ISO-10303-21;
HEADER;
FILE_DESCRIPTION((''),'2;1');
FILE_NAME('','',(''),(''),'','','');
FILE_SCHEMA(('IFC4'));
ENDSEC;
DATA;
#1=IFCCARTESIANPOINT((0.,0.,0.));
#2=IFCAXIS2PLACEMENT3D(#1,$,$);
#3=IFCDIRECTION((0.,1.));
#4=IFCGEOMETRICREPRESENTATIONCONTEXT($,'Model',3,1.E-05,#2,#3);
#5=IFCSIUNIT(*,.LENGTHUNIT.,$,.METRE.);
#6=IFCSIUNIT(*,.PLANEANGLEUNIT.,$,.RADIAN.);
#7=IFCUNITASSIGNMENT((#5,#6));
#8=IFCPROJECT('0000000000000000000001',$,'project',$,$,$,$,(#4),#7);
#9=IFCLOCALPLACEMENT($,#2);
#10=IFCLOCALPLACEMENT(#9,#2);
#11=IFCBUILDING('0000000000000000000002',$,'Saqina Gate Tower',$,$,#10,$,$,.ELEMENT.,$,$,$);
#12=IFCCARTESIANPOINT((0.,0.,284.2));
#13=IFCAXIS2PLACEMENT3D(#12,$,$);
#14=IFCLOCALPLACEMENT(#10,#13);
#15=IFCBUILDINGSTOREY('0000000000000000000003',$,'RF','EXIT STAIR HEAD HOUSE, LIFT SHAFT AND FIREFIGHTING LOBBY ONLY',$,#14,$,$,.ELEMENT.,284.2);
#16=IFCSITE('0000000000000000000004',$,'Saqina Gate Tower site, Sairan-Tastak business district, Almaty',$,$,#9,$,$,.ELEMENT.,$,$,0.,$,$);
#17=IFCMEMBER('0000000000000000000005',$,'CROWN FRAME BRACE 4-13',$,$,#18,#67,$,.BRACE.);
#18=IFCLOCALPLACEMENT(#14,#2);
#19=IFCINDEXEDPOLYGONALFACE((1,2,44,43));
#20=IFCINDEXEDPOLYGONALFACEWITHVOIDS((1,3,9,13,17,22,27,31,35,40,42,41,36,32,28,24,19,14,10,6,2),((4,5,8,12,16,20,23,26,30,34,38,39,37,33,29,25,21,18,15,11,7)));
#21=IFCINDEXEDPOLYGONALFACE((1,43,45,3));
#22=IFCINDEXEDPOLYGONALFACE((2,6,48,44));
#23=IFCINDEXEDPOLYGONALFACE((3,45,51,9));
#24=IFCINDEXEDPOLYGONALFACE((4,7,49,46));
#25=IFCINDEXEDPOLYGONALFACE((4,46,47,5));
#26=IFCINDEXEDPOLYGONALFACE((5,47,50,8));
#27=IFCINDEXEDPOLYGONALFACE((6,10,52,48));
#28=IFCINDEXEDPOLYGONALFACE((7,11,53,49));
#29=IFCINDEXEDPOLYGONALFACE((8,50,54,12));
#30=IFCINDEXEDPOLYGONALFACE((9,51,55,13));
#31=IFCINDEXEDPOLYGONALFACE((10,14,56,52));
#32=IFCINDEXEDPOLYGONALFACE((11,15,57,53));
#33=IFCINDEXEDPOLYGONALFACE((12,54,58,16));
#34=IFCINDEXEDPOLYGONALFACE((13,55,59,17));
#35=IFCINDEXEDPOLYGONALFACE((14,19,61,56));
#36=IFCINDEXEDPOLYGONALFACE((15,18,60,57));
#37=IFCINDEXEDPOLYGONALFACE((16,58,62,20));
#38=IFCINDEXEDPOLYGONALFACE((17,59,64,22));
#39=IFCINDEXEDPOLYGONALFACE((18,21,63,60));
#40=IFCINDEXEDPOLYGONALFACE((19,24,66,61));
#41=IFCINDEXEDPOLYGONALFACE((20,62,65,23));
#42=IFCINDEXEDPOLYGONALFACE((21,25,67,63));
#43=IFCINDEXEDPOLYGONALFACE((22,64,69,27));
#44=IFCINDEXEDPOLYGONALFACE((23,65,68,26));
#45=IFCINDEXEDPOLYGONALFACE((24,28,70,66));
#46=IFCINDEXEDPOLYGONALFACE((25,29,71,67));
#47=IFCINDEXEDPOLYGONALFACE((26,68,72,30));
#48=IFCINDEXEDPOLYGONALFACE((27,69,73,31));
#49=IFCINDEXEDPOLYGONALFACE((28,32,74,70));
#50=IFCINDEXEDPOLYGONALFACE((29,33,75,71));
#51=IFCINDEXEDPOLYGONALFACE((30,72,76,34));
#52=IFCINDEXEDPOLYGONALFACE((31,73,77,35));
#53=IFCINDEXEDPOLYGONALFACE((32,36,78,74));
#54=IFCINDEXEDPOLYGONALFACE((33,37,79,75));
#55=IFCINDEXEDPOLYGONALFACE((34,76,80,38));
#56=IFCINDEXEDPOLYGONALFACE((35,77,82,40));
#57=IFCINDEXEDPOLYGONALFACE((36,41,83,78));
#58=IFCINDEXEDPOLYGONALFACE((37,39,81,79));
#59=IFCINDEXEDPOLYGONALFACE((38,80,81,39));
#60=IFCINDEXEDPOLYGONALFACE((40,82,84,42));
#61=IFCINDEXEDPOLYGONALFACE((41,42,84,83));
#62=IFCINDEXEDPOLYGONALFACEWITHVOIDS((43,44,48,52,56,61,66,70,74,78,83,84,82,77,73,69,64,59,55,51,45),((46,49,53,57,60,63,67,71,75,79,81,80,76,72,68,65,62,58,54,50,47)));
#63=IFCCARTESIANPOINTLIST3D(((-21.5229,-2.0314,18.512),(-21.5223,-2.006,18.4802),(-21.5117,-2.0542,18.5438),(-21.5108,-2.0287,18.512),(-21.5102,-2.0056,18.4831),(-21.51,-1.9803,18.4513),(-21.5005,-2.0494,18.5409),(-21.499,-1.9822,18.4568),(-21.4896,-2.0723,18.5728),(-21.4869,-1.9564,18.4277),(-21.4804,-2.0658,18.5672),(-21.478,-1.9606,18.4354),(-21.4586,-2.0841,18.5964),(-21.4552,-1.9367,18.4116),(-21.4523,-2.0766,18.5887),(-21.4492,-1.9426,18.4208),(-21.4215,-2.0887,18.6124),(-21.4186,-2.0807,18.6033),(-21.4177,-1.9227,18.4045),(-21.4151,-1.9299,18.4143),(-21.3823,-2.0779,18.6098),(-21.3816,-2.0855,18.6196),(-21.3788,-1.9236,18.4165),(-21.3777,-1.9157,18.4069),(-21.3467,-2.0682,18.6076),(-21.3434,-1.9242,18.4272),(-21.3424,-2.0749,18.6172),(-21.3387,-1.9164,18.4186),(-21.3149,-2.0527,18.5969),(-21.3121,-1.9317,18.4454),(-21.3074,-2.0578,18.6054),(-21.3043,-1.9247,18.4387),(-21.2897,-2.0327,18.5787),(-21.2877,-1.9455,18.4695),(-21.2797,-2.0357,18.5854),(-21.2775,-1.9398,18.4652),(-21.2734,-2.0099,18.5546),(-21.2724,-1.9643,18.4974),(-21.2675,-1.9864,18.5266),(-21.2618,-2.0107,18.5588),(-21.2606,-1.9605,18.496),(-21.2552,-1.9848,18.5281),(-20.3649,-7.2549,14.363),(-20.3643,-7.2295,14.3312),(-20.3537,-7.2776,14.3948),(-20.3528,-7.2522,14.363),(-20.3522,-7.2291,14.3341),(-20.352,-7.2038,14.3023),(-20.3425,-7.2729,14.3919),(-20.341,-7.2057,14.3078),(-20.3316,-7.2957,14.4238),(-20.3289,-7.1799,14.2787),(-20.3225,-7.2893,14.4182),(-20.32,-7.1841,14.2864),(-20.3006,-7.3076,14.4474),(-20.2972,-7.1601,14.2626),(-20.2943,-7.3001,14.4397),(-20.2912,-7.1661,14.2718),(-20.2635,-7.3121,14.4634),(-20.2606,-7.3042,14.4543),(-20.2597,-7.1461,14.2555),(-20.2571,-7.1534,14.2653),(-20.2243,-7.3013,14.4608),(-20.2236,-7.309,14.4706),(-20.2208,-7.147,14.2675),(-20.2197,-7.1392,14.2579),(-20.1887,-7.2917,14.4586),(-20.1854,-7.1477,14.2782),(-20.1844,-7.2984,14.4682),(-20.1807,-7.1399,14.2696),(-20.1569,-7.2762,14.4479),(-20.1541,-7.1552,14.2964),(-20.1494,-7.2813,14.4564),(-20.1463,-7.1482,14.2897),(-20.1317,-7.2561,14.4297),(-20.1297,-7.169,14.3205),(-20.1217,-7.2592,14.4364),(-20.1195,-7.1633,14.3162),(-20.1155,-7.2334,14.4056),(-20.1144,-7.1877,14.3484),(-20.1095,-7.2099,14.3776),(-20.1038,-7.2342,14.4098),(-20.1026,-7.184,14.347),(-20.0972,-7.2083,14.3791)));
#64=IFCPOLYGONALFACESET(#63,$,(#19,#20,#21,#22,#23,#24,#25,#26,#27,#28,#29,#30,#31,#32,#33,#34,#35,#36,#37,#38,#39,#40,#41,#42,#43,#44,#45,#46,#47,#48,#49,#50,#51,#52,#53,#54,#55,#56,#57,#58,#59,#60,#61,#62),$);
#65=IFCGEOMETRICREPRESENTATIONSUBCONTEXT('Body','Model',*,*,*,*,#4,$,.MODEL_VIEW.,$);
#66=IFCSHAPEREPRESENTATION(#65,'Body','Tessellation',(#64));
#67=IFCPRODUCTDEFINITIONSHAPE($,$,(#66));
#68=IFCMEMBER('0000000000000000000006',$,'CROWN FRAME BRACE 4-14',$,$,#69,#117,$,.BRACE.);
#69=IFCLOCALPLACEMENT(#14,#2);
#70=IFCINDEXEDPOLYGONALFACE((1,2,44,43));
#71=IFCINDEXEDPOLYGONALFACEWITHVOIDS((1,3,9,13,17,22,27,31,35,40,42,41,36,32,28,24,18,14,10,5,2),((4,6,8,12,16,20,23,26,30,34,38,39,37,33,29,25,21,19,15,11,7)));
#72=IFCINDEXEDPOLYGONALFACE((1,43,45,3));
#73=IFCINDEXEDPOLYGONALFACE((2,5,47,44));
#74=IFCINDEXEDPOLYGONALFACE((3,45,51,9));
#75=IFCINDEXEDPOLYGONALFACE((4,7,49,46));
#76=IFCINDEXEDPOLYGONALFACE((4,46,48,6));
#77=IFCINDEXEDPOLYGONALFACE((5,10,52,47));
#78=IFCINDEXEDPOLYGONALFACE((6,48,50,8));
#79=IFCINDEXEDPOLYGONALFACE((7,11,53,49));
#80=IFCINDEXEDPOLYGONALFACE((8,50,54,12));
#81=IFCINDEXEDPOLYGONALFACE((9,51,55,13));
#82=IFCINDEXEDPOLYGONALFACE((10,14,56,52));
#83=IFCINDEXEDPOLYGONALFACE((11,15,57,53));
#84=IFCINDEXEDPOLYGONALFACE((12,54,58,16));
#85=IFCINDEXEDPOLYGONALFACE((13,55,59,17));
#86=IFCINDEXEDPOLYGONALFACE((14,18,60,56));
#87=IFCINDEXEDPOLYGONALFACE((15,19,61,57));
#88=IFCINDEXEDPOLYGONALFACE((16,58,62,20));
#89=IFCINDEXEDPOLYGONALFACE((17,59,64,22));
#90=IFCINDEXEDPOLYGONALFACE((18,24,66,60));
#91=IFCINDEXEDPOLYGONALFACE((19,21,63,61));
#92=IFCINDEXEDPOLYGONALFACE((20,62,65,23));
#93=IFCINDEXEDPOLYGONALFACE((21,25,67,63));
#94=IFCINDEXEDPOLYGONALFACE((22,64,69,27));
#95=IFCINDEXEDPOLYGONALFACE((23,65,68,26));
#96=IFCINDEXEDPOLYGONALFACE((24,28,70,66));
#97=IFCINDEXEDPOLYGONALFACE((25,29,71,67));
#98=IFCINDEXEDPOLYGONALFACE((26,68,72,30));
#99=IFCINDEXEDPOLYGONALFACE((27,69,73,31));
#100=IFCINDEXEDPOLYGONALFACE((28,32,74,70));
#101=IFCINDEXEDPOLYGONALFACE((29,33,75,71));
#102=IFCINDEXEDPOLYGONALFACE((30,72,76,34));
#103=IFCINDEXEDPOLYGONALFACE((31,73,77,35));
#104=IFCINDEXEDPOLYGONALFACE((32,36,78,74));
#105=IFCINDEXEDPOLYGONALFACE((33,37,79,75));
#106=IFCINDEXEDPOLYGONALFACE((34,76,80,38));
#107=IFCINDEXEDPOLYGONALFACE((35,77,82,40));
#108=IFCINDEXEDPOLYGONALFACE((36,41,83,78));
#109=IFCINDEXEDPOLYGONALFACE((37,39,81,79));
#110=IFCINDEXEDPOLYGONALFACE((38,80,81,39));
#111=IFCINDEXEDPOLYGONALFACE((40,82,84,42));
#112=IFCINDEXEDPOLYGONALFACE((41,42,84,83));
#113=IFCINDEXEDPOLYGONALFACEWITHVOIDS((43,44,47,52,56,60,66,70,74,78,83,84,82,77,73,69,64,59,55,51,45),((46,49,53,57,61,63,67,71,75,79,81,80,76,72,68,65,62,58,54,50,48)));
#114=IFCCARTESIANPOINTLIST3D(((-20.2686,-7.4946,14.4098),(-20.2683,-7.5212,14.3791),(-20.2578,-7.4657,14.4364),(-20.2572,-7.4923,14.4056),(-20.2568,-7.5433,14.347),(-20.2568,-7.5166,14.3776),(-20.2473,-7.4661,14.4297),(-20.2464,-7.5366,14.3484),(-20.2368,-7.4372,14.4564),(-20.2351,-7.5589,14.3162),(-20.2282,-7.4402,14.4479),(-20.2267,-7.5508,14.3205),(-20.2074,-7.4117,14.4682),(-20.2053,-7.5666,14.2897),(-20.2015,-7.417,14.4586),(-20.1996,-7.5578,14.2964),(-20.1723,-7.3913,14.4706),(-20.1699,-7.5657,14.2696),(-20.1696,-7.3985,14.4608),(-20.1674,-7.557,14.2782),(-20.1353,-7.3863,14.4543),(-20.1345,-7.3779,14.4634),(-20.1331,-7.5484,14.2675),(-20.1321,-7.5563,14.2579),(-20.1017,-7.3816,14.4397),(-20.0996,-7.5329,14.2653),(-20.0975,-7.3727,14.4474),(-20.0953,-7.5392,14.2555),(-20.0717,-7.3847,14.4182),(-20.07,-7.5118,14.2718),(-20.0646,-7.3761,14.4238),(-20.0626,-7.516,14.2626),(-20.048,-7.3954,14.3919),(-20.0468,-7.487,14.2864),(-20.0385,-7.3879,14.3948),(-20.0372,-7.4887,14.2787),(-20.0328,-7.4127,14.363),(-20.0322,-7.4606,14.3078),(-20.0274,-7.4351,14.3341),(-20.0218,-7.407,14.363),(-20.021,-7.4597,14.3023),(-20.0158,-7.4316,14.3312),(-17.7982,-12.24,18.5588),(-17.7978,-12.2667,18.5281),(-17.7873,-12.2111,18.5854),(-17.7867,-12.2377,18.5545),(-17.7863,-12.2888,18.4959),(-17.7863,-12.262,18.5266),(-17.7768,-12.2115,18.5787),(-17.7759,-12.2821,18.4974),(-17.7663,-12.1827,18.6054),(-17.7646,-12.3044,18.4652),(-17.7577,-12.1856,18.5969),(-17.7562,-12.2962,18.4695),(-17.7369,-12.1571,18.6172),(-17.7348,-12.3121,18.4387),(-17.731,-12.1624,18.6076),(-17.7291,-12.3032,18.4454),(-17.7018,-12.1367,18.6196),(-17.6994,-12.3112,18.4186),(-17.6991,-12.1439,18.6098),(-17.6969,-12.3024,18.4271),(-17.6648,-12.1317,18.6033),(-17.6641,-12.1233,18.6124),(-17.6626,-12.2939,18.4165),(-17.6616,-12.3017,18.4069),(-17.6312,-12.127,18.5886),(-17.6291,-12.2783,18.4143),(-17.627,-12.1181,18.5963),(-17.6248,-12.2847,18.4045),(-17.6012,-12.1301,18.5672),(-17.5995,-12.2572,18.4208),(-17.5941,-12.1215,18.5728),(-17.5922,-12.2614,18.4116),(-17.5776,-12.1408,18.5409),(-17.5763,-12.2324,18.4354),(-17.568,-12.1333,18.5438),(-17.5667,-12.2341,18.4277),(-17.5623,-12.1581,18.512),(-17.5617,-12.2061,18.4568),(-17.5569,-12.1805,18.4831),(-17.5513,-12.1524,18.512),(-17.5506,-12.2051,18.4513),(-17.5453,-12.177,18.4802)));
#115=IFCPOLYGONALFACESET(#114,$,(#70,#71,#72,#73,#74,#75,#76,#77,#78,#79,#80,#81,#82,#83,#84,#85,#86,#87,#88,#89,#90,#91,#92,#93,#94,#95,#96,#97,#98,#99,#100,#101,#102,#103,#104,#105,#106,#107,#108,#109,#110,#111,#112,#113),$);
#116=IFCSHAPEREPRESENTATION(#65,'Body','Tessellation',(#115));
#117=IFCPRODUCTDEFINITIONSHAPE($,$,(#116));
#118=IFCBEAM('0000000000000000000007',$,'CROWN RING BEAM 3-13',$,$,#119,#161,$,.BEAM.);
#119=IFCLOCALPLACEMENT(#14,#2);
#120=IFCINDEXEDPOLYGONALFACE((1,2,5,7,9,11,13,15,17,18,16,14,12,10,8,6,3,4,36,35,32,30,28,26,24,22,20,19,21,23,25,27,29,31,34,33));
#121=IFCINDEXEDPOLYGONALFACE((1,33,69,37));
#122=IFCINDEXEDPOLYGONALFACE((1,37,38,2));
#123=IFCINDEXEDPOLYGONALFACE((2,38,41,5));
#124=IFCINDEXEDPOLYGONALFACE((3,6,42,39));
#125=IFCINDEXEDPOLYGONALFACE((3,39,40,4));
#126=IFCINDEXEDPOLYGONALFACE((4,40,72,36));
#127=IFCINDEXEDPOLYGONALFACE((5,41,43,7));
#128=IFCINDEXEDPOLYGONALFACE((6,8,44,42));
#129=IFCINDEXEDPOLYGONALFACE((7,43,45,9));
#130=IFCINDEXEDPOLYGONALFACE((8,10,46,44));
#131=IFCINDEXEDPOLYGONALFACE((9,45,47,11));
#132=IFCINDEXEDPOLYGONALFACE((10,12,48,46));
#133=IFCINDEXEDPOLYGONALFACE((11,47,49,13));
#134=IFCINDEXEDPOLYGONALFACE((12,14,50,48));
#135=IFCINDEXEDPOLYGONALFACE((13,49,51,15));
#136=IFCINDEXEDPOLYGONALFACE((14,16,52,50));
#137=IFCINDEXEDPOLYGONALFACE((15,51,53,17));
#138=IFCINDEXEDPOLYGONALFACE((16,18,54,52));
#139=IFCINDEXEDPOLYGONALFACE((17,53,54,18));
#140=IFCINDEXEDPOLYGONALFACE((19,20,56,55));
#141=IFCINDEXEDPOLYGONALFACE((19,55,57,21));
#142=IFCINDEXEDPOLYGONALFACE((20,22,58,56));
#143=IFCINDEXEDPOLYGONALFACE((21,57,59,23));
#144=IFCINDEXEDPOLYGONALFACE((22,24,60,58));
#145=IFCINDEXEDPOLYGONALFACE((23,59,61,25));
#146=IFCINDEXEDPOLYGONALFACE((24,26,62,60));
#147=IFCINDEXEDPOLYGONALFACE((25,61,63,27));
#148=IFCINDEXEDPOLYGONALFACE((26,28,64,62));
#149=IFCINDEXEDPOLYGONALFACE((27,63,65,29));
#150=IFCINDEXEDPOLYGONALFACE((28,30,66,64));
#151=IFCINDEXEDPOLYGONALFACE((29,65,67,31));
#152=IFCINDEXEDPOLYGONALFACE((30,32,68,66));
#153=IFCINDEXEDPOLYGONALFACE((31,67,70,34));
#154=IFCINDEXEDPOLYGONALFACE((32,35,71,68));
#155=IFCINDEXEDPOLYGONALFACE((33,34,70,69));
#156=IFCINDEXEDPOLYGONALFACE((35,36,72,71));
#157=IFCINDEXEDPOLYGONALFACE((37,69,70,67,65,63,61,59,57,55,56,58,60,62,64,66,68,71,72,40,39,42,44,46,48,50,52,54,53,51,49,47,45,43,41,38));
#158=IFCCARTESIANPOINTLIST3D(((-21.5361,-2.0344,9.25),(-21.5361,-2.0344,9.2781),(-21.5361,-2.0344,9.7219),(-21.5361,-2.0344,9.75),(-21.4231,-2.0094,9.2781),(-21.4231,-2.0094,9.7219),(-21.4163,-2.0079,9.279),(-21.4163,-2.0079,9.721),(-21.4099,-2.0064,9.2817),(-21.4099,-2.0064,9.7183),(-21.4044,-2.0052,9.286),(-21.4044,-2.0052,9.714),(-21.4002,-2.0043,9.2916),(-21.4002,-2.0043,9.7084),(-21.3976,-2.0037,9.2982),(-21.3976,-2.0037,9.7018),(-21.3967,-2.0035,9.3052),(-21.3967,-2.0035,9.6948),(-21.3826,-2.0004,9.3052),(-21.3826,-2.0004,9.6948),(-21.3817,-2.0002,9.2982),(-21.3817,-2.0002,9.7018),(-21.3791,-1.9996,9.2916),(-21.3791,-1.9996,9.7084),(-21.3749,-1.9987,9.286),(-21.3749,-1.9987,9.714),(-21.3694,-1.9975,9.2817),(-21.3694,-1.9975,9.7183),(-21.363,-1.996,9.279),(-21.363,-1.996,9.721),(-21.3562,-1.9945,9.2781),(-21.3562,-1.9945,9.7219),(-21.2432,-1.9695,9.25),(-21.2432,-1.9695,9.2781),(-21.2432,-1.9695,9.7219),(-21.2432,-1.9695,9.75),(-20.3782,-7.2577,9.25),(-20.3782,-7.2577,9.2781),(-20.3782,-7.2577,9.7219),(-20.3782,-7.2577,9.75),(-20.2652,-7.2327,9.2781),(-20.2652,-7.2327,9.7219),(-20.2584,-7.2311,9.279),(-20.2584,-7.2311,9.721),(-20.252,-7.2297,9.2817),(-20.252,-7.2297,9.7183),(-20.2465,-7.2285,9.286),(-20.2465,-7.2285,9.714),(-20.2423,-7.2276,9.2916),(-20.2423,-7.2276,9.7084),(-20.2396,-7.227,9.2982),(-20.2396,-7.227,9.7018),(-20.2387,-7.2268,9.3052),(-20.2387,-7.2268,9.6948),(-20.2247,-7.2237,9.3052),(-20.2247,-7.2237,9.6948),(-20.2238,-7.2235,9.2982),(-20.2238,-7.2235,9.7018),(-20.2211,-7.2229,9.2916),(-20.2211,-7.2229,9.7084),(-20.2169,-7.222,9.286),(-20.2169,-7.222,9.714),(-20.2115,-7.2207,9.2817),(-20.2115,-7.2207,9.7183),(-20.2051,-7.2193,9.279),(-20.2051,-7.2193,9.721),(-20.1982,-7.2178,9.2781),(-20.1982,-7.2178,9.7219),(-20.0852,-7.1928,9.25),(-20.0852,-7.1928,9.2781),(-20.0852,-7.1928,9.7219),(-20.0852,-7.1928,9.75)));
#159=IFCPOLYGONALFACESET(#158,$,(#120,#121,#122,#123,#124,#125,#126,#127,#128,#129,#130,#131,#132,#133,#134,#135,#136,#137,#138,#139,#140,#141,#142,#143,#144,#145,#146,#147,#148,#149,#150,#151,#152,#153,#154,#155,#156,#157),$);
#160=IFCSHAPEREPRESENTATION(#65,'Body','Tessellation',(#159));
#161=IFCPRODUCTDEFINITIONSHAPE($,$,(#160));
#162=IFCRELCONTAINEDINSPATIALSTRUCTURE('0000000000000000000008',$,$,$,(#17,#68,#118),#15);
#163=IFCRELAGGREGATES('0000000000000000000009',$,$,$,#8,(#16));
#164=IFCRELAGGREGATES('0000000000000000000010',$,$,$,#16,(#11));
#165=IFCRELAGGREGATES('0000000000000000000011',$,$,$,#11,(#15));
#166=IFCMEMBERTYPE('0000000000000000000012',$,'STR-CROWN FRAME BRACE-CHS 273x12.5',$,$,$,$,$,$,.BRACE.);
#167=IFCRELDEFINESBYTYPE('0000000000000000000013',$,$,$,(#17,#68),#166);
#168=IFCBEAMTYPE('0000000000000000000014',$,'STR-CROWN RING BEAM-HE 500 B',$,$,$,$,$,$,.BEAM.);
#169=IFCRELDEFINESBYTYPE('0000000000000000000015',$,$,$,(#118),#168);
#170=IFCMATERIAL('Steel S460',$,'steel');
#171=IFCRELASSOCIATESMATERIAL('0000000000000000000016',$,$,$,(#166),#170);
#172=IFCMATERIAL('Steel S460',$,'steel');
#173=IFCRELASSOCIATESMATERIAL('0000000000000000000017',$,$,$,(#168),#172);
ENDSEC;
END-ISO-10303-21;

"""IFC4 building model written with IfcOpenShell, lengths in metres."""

from ifc_helpers import new_model, si_unit, direction, frame, origin, origin_2d, place, context, subcontext, project, spatial, hollow_circle, i_section, extrude, material, material_profile, profile_set, type_object, element, save


model = new_model("IFC4")

# Units and contexts
model_context = context("Model", 3, precision=1e-05, world=origin(), true_north=direction((0.0, 1.0)))
body_context = subcontext(model_context, "Body", "Model", "MODEL_VIEW")
ifc_project = project(units=[si_unit("LENGTHUNIT", "METRE"), si_unit("PLANEANGLEUNIT", "RADIAN")], contexts=[model_context])

# Site, building, storey
site_placement = place(None, origin())
site = spatial("IfcSite", under=ifc_project, at=site_placement, Name="Saqina Gate Tower site, Sairan-Tastak business district, Almaty", CompositionType="ELEMENT", RefElevation=0.0)
building_placement = place(site_placement, origin())
building = spatial("IfcBuilding", under=site, at=building_placement, Name="Saqina Gate Tower", CompositionType="ELEMENT")
storey_placement = place(building_placement, frame((0.0, 0.0, 284.2)))
storey = spatial("IfcBuildingStorey", under=building, at=storey_placement, Name="RF", Description="EXIT STAIR HEAD HOUSE, LIFT SHAFT AND FIREFIGHTING LOBBY ONLY", CompositionType="ELEMENT", Elevation=284.2)

# Members
ifc_material_1 = material(Name="Steel S460", Category="steel")
ifc_material_profile_1 = material_profile(ifc_material_1, hollow_circle(Radius=0.1365, WallThickness=0.0125, at=origin_2d()), Name="CHS 273x12.5")
ifc_profile_set_1 = profile_set([ifc_material_profile_1], Name="Steel S460")
member_type = type_object("IfcMemberType", Name="STR-CROWN FRAME BRACE-CHS 273x12.5", PredefinedType="BRACE", material=ifc_profile_set_1)
member_1_placement = place(storey_placement, frame((-20.2317, -7.2253, 14.363), z_axis=(-0.171033, 0.771504, 0.612804), x_axis=(-0.976298, -0.216433, 0.0)))
element("IfcMember", 1, at=member_1_placement, inside=storey, type_object=member_type, Name="CROWN FRAME BRACE 4-13", PredefinedType="BRACE", context=body_context, shape_type="SweptSolid", body=[
    extrude(hollow_circle(Radius=0.1365, WallThickness=0.0125, at=origin_2d()), origin(), (0.0, 0.0, 1.0), 6.7705),
])
member_2_placement = place(storey_placement, frame((-20.1428, -7.47, 14.363), z_axis=(0.364904, -0.700922, 0.612824), x_axis=(0.886997, 0.461775, 0.0)))
element("IfcMember", 2, at=member_2_placement, inside=storey, type_object=member_type, Name="CROWN FRAME BRACE 4-14", PredefinedType="BRACE", context=body_context, shape_type="SweptSolid", body=[
    extrude(hollow_circle(Radius=0.1365, WallThickness=0.0125, at=origin_2d()), origin(), (0.0, 0.0, 1.0), 6.7703),
])

# Beam
ifc_material_2 = material(Name="Steel S460", Category="steel")
ifc_material_profile_2 = material_profile(ifc_material_2, i_section(OverallWidth=0.3, OverallDepth=0.5, WebThickness=0.0144, FlangeThickness=0.0281, FilletRadius=0.0271, at=origin_2d()), Name="HE 500 B")
ifc_profile_set_2 = profile_set([ifc_material_profile_2], Name="Steel S460")
beam_type_1 = type_object("IfcBeamType", Name="STR-CROWN RING BEAM-HE 500 B", PredefinedType="BEAM", material=ifc_profile_set_2)
beam_1_placement = place(storey_placement, frame((-21.3896, -2.002, 9.5), z_axis=(0.216433, -0.976298, 0.0), x_axis=(0.976298, 0.216433, 0.0)))
element("IfcBeam", 3, at=beam_1_placement, inside=storey, type_object=beam_type_1, Name="CROWN RING BEAM 3-13", PredefinedType="BEAM", context=body_context, shape_type="SweptSolid", body=[
    extrude(i_section(OverallWidth=0.3, OverallDepth=0.5, WebThickness=0.0144, FlangeThickness=0.0281, FilletRadius=0.0271, at=origin_2d()), origin(), (0.0, 0.0, 1.0), 5.3501),
])

save(model, "model.ifc")
